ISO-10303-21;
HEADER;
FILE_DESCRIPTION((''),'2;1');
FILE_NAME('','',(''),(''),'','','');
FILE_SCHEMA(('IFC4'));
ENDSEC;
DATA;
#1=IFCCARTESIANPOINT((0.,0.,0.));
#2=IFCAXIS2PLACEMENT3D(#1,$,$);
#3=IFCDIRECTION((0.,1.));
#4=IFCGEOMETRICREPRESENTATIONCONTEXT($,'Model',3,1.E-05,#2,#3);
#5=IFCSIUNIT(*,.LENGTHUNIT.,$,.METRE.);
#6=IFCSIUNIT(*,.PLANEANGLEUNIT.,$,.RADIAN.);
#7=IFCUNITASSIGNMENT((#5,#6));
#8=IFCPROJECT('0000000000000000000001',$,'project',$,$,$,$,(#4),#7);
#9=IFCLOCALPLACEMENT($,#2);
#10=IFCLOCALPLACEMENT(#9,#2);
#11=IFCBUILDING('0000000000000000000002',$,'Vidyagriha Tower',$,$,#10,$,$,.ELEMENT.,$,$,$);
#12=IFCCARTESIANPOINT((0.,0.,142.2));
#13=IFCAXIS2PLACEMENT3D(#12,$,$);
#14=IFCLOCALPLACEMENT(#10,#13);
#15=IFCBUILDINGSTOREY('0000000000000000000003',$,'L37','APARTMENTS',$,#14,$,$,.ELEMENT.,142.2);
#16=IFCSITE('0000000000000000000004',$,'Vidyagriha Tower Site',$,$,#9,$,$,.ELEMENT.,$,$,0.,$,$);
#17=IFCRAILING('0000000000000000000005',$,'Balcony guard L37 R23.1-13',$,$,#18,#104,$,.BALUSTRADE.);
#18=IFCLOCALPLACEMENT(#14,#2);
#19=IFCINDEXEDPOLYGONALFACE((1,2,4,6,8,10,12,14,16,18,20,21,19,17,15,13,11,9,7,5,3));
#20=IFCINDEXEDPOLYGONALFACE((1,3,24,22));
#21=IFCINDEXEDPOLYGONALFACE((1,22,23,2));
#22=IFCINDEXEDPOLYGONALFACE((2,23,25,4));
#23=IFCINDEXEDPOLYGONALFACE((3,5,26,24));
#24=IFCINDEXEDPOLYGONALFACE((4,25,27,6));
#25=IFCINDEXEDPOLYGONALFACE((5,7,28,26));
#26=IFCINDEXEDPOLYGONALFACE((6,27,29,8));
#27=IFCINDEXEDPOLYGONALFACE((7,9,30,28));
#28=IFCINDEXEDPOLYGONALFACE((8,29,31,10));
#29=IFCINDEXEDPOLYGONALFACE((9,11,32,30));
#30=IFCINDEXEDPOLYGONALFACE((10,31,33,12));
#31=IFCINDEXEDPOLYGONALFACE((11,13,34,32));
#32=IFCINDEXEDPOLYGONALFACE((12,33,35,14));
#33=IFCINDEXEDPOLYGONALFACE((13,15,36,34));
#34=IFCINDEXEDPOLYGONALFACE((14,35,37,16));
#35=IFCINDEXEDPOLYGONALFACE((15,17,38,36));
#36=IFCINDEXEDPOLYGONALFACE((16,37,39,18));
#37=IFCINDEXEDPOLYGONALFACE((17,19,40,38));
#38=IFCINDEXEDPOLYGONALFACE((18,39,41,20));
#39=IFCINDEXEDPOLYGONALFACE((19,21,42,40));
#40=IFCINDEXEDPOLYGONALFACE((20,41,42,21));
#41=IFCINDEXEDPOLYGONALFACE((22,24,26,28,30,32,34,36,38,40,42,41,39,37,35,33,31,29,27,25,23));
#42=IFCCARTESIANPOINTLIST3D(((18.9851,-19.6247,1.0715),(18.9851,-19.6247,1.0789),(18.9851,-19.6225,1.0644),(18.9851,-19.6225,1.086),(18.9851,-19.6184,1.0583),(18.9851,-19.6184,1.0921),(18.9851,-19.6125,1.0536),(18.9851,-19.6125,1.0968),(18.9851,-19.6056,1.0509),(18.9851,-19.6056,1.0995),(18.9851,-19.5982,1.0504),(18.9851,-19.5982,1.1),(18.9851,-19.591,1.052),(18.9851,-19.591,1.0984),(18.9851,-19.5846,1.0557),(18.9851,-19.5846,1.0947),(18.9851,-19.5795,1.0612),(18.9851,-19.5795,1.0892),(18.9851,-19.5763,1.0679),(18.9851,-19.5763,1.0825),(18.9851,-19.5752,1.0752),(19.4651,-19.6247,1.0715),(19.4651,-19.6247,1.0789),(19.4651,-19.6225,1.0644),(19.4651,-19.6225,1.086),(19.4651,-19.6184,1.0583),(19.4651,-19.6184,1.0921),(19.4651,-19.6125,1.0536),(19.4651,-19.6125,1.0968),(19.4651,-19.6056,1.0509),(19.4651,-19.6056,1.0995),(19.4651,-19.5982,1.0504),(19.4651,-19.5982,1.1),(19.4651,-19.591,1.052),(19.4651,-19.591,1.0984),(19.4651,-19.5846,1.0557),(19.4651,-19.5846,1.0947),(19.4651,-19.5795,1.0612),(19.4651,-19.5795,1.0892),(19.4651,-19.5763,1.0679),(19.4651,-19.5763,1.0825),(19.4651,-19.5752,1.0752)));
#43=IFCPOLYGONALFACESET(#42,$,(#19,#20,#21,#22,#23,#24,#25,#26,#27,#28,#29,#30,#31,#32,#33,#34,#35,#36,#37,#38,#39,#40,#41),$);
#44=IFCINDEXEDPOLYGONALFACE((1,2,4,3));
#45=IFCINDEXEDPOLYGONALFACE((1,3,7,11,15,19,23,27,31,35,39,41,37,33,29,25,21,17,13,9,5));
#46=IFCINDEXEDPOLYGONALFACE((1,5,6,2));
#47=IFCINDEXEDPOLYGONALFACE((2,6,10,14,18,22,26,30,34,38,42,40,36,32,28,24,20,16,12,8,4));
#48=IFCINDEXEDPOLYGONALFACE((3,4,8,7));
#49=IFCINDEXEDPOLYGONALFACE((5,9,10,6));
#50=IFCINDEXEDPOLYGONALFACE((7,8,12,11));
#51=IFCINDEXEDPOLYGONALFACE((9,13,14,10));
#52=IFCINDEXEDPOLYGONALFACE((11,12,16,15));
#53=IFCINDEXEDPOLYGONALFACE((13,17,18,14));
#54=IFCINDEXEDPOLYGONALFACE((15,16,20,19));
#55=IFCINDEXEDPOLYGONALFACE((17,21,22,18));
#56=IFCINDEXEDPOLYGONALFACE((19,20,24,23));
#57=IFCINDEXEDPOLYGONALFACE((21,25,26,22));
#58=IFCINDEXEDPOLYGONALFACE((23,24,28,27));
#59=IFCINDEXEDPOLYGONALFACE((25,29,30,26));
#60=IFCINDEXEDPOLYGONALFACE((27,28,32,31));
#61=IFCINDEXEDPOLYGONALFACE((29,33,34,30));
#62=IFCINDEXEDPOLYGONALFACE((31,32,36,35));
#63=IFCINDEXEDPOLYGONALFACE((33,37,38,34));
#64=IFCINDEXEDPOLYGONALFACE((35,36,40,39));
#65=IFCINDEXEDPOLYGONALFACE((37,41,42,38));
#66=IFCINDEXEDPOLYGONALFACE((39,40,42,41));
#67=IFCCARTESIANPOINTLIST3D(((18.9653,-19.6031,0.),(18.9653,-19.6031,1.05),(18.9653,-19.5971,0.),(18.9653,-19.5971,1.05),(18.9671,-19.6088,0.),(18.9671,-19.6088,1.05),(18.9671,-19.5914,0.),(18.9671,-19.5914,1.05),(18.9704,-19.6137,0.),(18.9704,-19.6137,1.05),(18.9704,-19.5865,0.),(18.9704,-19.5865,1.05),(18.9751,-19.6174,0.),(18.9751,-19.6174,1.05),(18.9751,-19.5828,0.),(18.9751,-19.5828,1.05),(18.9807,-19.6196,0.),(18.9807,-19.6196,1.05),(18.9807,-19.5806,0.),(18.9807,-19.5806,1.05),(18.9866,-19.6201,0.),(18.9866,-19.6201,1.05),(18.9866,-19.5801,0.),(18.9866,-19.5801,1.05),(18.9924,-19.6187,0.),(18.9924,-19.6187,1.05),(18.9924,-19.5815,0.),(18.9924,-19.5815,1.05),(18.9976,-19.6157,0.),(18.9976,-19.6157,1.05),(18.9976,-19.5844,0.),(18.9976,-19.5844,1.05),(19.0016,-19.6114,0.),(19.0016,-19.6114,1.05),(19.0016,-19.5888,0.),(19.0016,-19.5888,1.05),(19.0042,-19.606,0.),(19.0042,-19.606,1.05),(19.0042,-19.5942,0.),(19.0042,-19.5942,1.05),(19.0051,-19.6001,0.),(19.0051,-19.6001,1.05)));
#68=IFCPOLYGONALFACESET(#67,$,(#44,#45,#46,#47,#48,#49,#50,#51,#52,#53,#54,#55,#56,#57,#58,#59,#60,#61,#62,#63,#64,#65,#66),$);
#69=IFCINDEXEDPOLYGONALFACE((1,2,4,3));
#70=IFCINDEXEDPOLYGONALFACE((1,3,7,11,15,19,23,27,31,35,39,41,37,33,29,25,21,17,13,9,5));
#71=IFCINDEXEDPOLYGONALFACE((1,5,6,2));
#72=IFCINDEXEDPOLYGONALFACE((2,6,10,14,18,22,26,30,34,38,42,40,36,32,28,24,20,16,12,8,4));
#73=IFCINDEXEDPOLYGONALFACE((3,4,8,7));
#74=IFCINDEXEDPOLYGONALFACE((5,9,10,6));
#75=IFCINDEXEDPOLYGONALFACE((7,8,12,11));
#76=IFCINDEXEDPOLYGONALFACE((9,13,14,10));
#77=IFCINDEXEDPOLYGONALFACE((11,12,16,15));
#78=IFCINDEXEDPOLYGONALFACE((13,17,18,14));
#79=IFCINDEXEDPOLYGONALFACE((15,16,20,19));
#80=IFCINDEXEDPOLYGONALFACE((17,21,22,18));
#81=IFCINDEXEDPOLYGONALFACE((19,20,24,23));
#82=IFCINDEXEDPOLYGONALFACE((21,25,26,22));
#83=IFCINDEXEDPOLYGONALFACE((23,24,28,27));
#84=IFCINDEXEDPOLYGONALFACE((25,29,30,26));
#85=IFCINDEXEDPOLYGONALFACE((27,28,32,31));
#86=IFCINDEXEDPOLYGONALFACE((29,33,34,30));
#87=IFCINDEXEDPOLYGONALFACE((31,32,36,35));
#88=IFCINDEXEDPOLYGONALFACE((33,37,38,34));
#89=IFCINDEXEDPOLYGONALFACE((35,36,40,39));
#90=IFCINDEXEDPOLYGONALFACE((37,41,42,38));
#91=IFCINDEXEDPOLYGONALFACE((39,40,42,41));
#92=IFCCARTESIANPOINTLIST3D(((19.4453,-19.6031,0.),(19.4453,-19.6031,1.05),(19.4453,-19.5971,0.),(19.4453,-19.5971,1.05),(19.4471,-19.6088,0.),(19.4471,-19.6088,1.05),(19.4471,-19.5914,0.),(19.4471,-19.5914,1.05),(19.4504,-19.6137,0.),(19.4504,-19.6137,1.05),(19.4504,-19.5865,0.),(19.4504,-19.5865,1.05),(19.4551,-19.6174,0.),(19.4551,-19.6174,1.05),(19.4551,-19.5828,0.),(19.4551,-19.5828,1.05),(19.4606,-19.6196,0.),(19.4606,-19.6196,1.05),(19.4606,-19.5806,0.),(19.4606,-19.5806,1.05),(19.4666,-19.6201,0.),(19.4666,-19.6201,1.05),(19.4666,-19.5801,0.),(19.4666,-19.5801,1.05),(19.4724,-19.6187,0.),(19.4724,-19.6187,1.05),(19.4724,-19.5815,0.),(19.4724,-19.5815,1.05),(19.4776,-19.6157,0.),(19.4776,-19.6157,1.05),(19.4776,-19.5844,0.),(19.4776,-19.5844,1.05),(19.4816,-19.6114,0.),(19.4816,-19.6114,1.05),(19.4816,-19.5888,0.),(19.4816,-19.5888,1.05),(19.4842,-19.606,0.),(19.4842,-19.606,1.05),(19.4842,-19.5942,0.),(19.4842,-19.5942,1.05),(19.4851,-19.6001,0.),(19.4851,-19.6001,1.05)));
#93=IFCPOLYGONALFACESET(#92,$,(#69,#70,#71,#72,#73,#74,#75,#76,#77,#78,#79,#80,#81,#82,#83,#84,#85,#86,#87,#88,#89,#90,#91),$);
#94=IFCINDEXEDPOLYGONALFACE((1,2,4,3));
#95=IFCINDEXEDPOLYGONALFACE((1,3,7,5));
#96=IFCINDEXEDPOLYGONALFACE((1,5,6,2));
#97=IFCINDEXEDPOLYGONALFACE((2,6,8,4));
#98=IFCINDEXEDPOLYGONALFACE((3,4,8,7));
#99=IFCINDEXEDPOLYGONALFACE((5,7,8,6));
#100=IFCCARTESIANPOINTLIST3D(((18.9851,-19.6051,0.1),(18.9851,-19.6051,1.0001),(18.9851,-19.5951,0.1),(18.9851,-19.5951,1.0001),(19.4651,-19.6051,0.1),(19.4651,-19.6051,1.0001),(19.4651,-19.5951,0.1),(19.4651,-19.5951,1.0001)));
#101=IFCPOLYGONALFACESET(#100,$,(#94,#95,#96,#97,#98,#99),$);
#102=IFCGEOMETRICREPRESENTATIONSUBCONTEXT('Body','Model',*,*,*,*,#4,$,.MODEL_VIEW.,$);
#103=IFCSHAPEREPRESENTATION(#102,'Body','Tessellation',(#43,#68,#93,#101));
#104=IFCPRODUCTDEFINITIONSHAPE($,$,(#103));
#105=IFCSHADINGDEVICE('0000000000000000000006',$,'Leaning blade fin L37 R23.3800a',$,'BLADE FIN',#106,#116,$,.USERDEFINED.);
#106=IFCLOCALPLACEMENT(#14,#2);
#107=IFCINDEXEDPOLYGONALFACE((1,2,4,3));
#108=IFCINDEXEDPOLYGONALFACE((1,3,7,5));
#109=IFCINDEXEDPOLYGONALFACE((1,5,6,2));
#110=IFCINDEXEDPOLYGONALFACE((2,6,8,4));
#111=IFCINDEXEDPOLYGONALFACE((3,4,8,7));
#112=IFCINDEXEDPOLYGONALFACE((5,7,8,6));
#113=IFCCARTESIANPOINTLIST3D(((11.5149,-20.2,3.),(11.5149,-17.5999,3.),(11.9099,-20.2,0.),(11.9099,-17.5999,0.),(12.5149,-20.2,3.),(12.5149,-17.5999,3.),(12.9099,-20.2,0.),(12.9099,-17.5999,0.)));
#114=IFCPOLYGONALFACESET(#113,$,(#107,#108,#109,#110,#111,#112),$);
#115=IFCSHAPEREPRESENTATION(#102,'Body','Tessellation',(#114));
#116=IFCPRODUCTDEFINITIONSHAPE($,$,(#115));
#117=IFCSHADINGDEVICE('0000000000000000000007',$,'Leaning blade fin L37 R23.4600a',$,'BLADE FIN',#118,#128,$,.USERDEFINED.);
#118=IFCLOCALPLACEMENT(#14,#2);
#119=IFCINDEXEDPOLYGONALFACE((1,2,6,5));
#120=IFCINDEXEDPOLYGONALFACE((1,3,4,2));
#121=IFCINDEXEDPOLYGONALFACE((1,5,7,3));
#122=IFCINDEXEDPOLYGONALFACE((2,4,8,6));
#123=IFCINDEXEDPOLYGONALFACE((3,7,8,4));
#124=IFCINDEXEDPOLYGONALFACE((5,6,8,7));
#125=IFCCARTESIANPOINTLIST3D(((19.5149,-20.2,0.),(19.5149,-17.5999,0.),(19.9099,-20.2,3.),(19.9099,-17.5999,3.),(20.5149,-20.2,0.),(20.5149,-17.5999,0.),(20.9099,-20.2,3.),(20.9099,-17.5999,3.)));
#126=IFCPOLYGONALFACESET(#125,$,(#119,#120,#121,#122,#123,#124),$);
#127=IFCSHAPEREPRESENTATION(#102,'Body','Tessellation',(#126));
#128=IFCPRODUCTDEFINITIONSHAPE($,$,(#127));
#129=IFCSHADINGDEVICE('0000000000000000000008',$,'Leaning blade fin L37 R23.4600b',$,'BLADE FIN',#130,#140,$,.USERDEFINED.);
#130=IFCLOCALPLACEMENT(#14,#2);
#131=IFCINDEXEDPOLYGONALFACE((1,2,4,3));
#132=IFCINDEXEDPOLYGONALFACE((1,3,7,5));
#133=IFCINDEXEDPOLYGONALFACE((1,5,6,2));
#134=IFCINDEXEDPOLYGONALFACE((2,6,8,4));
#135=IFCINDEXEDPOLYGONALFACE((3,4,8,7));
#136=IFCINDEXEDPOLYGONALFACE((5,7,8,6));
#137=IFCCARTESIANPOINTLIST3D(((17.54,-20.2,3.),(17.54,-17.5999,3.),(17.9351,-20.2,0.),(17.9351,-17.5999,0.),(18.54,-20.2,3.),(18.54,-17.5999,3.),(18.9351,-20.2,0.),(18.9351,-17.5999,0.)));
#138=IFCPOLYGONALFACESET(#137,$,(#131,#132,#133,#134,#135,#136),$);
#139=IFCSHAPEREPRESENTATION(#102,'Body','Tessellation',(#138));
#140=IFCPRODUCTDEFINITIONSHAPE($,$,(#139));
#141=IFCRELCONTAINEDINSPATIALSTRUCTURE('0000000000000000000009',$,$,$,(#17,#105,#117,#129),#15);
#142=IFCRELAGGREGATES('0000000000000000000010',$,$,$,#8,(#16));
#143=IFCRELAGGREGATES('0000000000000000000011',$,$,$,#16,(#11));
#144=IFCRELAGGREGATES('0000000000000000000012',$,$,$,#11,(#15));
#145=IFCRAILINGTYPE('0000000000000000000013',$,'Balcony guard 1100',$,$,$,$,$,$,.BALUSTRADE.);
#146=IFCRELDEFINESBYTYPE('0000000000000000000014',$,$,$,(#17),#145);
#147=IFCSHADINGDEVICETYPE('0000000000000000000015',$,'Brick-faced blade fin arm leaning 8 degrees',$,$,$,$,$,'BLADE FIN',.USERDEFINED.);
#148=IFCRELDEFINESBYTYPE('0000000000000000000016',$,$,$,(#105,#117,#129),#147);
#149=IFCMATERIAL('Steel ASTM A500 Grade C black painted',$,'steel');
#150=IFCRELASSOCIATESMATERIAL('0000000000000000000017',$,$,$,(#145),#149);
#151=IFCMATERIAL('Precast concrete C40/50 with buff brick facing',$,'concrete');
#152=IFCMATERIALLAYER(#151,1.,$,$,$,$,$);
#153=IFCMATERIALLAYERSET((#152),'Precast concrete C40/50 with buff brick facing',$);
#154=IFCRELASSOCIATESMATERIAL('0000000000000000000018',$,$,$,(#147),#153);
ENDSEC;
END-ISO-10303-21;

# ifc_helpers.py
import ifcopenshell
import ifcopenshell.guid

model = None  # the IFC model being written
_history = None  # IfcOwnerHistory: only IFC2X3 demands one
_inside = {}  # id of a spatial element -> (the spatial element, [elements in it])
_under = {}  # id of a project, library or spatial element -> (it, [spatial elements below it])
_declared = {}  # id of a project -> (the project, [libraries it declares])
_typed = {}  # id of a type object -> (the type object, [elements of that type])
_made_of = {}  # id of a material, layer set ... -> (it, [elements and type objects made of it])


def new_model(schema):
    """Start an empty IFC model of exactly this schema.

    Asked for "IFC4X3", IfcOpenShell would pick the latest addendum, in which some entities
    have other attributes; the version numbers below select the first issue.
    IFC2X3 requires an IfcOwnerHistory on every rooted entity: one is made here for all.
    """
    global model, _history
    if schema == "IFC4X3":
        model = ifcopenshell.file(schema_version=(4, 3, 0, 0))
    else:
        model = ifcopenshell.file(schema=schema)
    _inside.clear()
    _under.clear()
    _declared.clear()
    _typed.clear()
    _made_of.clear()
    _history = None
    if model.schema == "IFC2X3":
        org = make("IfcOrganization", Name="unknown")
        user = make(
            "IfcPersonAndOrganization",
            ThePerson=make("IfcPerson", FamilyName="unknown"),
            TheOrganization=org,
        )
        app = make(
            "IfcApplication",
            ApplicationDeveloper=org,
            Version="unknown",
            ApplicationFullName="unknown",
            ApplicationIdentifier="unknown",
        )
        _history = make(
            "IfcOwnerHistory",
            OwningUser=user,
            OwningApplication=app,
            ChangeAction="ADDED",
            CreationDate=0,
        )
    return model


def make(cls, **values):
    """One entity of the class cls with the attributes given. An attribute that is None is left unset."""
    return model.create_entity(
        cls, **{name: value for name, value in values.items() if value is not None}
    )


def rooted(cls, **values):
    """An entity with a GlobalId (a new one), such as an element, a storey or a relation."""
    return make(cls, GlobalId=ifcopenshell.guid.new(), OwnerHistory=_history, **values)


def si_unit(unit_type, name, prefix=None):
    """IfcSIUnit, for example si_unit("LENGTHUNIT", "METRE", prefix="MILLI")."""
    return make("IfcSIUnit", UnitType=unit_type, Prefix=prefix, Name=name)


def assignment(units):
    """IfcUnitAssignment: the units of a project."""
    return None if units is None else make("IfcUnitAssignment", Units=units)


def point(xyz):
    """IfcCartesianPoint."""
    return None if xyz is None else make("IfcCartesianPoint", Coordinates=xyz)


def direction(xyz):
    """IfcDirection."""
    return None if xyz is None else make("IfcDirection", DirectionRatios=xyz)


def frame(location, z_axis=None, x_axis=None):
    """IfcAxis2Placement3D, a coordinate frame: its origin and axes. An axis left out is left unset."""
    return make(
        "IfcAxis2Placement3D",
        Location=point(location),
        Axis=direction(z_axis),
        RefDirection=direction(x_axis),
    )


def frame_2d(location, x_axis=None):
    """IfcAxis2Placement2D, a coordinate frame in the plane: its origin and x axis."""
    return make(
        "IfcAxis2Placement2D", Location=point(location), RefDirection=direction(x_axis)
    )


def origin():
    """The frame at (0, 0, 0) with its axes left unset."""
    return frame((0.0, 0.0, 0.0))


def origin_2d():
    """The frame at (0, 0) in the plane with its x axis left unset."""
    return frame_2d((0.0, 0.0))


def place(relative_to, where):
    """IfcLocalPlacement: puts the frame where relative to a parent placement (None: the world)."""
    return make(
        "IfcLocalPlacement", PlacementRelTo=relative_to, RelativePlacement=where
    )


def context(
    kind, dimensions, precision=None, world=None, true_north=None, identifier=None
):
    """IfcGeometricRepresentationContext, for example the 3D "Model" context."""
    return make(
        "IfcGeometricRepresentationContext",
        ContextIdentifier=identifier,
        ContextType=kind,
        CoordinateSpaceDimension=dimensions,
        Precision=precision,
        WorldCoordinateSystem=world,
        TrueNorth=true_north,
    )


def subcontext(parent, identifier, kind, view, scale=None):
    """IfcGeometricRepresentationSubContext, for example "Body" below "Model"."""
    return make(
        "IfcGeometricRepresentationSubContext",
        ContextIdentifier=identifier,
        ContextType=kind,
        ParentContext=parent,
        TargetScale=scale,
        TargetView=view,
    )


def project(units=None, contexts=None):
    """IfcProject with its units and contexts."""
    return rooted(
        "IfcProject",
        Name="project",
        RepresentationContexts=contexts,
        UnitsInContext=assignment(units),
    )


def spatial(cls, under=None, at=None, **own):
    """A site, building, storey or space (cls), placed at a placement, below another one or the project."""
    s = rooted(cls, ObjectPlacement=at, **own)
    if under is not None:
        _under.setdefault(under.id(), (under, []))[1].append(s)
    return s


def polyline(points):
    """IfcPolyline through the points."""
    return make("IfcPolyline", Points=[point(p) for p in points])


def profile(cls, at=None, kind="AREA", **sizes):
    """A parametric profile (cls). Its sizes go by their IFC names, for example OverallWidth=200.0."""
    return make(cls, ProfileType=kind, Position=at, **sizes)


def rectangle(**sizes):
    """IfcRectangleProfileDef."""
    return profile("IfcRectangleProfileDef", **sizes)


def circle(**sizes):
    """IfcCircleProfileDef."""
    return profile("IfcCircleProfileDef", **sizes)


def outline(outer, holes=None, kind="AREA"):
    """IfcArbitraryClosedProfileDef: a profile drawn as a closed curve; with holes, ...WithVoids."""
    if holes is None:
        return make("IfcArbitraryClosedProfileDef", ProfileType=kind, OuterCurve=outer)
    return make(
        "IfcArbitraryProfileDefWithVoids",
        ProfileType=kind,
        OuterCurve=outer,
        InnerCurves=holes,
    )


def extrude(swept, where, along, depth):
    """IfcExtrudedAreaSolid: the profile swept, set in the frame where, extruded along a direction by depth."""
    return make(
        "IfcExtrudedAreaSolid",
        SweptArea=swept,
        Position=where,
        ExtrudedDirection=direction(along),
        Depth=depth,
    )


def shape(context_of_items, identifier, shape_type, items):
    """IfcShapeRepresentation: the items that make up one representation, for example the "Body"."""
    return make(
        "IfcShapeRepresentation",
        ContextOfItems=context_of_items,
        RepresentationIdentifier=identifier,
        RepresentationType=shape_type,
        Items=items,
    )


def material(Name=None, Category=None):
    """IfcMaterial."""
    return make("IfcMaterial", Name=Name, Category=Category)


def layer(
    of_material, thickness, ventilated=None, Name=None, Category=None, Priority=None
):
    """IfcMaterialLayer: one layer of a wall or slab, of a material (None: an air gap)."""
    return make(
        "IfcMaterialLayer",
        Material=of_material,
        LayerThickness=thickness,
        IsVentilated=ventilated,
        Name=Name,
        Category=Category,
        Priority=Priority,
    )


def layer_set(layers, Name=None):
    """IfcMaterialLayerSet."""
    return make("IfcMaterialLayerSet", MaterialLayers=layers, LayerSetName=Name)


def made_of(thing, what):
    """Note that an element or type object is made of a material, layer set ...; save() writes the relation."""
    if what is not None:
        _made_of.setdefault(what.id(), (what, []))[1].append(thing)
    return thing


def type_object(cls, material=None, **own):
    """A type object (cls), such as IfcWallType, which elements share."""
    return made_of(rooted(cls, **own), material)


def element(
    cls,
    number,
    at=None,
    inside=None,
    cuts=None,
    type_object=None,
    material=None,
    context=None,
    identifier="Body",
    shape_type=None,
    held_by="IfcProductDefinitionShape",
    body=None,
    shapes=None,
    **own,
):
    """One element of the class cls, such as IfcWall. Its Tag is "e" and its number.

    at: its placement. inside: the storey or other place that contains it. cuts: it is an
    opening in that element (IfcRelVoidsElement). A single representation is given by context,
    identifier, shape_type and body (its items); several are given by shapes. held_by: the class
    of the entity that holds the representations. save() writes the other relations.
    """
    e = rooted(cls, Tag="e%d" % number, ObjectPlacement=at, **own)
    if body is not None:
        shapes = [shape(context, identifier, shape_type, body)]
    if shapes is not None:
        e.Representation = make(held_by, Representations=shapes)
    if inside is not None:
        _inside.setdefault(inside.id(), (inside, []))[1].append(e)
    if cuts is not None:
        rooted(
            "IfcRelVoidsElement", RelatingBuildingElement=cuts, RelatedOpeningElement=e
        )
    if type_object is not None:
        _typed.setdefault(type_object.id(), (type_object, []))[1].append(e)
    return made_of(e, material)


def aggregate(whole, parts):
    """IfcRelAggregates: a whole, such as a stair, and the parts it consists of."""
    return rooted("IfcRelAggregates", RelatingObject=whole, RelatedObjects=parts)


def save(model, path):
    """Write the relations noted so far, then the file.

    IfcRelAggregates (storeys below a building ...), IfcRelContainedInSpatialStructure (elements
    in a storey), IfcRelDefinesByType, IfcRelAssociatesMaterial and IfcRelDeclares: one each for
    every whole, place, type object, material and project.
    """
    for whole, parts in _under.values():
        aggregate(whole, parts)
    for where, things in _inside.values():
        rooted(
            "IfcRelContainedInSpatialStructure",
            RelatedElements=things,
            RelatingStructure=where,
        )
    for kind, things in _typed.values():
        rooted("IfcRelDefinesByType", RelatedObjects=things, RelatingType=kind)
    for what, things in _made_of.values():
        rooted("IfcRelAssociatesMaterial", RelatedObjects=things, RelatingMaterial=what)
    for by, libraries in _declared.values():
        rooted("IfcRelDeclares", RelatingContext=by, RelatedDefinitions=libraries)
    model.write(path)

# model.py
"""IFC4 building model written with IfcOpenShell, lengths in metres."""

from ifc_helpers import new_model, si_unit, direction, frame, origin, origin_2d, place, context, subcontext, project, spatial, polyline, rectangle, circle, outline, extrude, material, layer, layer_set, type_object, element, save


model = new_model("IFC4")

# Units and contexts
model_context = context("Model", 3, precision=1e-05, world=origin(), true_north=direction((0.0, 1.0)))
body_context = subcontext(model_context, "Body", "Model", "MODEL_VIEW")
ifc_project = project(units=[si_unit("LENGTHUNIT", "METRE"), si_unit("PLANEANGLEUNIT", "RADIAN")], contexts=[model_context])

# Site, building, storey
site_placement = place(None, origin())
site = spatial("IfcSite", under=ifc_project, at=site_placement, Name="Vidyagriha Tower Site", CompositionType="ELEMENT", RefElevation=0.0)
building_placement = place(site_placement, origin())
building = spatial("IfcBuilding", under=site, at=building_placement, Name="Vidyagriha Tower", CompositionType="ELEMENT")
storey_placement = place(building_placement, frame((0.0, 0.0, 142.2)))
storey = spatial("IfcBuildingStorey", under=building, at=storey_placement, Name="L37", Description="APARTMENTS", CompositionType="ELEMENT", Elevation=142.2)

# Railing
ifc_material_1 = material(Name="Steel ASTM A500 Grade C black painted", Category="steel")
railing_type = type_object("IfcRailingType", Name="Balcony guard 1100", PredefinedType="BALUSTRADE", material=ifc_material_1)
railing_1_placement = place(storey_placement, frame((18.9851, -19.6001, 0.0)))
element("IfcRailing", 1, at=railing_1_placement, inside=storey, type_object=railing_type, Name="Balcony guard L37 R23.1-13", PredefinedType="BALUSTRADE", context=body_context, shape_type="SweptSolid", body=[
    extrude(circle(Radius=0.0249, at=origin_2d()), frame((0.0, 0.0, 1.0752), z_axis=(1.0, 0.0, 0.0), x_axis=(0.0, 1.0, 0.0)), (0.0, 0.0, 1.0), 0.48),
    extrude(circle(Radius=0.02, at=origin_2d()), origin(), (0.0, 0.0, 1.0), 1.05),
    extrude(circle(Radius=0.02, at=origin_2d()), frame((0.48, 0.0, 0.0)), (0.0, 0.0, 1.0), 1.05),
    extrude(rectangle(XDim=0.01, YDim=0.9001, at=origin_2d()), frame((0.0, 0.0, 0.55), z_axis=(1.0, 0.0, 0.0), x_axis=(0.0, 1.0, 0.0)), (0.0, 0.0, 1.0), 0.48),
])

# Shading devices
ifc_material_2 = material(Name="Precast concrete C40/50 with buff brick facing", Category="concrete")
ifc_layer_1 = layer(ifc_material_2, 1.0)
ifc_layer_set_1 = layer_set([ifc_layer_1], Name="Precast concrete C40/50 with buff brick facing")
shading_device_type = type_object("IfcShadingDeviceType", Name="Brick-faced blade fin arm leaning 8 degrees", ElementType="BLADE FIN", PredefinedType="USERDEFINED", material=ifc_layer_set_1)
shading_device_1_placement = place(storey_placement, frame((11.5149, -18.8999, 0.0)))
element("IfcShadingDevice", 2, at=shading_device_1_placement, inside=storey, type_object=shading_device_type, Name="Leaning blade fin L37 R23.3800a", ObjectType="BLADE FIN", PredefinedType="USERDEFINED", context=body_context, shape_type="SweptSolid", body=[
    extrude(outline(polyline([(0.395, 0.0), (1.395, 0.0), (1.0, 3.0), (0.0, 3.0), (0.395, 0.0)])), frame((0.0, 1.3, 0.0), z_axis=(0.0, -1.0, 0.0), x_axis=(1.0, 0.0, 0.0)), (0.0, 0.0, 1.0), 2.6001),
])
shading_device_2_placement = place(storey_placement, frame((19.5149, -18.8999, 0.0)))
element("IfcShadingDevice", 3, at=shading_device_2_placement, inside=storey, type_object=shading_device_type, Name="Leaning blade fin L37 R23.4600a", ObjectType="BLADE FIN", PredefinedType="USERDEFINED", context=body_context, shape_type="SweptSolid", body=[
    extrude(outline(polyline([(0.0, 0.0), (1.0, 0.0), (1.395, 3.0), (0.395, 3.0), (0.0, 0.0)])), frame((0.0, 1.3, 0.0), z_axis=(0.0, -1.0, 0.0), x_axis=(1.0, 0.0, 0.0)), (0.0, 0.0, 1.0), 2.6001),
])
shading_device_3_placement = place(storey_placement, frame((17.54, -18.8999, 0.0)))
element("IfcShadingDevice", 4, at=shading_device_3_placement, inside=storey, type_object=shading_device_type, Name="Leaning blade fin L37 R23.4600b", ObjectType="BLADE FIN", PredefinedType="USERDEFINED", context=body_context, shape_type="SweptSolid", body=[
    extrude(outline(polyline([(0.395, 0.0), (1.395, 0.0), (1.0, 3.0), (0.0, 3.0), (0.395, 0.0)])), frame((0.0, 1.3, 0.0), z_axis=(0.0, -1.0, 0.0), x_axis=(1.0, 0.0, 0.0)), (0.0, 0.0, 1.0), 2.6001),
])

save(model, "model.ifc")
